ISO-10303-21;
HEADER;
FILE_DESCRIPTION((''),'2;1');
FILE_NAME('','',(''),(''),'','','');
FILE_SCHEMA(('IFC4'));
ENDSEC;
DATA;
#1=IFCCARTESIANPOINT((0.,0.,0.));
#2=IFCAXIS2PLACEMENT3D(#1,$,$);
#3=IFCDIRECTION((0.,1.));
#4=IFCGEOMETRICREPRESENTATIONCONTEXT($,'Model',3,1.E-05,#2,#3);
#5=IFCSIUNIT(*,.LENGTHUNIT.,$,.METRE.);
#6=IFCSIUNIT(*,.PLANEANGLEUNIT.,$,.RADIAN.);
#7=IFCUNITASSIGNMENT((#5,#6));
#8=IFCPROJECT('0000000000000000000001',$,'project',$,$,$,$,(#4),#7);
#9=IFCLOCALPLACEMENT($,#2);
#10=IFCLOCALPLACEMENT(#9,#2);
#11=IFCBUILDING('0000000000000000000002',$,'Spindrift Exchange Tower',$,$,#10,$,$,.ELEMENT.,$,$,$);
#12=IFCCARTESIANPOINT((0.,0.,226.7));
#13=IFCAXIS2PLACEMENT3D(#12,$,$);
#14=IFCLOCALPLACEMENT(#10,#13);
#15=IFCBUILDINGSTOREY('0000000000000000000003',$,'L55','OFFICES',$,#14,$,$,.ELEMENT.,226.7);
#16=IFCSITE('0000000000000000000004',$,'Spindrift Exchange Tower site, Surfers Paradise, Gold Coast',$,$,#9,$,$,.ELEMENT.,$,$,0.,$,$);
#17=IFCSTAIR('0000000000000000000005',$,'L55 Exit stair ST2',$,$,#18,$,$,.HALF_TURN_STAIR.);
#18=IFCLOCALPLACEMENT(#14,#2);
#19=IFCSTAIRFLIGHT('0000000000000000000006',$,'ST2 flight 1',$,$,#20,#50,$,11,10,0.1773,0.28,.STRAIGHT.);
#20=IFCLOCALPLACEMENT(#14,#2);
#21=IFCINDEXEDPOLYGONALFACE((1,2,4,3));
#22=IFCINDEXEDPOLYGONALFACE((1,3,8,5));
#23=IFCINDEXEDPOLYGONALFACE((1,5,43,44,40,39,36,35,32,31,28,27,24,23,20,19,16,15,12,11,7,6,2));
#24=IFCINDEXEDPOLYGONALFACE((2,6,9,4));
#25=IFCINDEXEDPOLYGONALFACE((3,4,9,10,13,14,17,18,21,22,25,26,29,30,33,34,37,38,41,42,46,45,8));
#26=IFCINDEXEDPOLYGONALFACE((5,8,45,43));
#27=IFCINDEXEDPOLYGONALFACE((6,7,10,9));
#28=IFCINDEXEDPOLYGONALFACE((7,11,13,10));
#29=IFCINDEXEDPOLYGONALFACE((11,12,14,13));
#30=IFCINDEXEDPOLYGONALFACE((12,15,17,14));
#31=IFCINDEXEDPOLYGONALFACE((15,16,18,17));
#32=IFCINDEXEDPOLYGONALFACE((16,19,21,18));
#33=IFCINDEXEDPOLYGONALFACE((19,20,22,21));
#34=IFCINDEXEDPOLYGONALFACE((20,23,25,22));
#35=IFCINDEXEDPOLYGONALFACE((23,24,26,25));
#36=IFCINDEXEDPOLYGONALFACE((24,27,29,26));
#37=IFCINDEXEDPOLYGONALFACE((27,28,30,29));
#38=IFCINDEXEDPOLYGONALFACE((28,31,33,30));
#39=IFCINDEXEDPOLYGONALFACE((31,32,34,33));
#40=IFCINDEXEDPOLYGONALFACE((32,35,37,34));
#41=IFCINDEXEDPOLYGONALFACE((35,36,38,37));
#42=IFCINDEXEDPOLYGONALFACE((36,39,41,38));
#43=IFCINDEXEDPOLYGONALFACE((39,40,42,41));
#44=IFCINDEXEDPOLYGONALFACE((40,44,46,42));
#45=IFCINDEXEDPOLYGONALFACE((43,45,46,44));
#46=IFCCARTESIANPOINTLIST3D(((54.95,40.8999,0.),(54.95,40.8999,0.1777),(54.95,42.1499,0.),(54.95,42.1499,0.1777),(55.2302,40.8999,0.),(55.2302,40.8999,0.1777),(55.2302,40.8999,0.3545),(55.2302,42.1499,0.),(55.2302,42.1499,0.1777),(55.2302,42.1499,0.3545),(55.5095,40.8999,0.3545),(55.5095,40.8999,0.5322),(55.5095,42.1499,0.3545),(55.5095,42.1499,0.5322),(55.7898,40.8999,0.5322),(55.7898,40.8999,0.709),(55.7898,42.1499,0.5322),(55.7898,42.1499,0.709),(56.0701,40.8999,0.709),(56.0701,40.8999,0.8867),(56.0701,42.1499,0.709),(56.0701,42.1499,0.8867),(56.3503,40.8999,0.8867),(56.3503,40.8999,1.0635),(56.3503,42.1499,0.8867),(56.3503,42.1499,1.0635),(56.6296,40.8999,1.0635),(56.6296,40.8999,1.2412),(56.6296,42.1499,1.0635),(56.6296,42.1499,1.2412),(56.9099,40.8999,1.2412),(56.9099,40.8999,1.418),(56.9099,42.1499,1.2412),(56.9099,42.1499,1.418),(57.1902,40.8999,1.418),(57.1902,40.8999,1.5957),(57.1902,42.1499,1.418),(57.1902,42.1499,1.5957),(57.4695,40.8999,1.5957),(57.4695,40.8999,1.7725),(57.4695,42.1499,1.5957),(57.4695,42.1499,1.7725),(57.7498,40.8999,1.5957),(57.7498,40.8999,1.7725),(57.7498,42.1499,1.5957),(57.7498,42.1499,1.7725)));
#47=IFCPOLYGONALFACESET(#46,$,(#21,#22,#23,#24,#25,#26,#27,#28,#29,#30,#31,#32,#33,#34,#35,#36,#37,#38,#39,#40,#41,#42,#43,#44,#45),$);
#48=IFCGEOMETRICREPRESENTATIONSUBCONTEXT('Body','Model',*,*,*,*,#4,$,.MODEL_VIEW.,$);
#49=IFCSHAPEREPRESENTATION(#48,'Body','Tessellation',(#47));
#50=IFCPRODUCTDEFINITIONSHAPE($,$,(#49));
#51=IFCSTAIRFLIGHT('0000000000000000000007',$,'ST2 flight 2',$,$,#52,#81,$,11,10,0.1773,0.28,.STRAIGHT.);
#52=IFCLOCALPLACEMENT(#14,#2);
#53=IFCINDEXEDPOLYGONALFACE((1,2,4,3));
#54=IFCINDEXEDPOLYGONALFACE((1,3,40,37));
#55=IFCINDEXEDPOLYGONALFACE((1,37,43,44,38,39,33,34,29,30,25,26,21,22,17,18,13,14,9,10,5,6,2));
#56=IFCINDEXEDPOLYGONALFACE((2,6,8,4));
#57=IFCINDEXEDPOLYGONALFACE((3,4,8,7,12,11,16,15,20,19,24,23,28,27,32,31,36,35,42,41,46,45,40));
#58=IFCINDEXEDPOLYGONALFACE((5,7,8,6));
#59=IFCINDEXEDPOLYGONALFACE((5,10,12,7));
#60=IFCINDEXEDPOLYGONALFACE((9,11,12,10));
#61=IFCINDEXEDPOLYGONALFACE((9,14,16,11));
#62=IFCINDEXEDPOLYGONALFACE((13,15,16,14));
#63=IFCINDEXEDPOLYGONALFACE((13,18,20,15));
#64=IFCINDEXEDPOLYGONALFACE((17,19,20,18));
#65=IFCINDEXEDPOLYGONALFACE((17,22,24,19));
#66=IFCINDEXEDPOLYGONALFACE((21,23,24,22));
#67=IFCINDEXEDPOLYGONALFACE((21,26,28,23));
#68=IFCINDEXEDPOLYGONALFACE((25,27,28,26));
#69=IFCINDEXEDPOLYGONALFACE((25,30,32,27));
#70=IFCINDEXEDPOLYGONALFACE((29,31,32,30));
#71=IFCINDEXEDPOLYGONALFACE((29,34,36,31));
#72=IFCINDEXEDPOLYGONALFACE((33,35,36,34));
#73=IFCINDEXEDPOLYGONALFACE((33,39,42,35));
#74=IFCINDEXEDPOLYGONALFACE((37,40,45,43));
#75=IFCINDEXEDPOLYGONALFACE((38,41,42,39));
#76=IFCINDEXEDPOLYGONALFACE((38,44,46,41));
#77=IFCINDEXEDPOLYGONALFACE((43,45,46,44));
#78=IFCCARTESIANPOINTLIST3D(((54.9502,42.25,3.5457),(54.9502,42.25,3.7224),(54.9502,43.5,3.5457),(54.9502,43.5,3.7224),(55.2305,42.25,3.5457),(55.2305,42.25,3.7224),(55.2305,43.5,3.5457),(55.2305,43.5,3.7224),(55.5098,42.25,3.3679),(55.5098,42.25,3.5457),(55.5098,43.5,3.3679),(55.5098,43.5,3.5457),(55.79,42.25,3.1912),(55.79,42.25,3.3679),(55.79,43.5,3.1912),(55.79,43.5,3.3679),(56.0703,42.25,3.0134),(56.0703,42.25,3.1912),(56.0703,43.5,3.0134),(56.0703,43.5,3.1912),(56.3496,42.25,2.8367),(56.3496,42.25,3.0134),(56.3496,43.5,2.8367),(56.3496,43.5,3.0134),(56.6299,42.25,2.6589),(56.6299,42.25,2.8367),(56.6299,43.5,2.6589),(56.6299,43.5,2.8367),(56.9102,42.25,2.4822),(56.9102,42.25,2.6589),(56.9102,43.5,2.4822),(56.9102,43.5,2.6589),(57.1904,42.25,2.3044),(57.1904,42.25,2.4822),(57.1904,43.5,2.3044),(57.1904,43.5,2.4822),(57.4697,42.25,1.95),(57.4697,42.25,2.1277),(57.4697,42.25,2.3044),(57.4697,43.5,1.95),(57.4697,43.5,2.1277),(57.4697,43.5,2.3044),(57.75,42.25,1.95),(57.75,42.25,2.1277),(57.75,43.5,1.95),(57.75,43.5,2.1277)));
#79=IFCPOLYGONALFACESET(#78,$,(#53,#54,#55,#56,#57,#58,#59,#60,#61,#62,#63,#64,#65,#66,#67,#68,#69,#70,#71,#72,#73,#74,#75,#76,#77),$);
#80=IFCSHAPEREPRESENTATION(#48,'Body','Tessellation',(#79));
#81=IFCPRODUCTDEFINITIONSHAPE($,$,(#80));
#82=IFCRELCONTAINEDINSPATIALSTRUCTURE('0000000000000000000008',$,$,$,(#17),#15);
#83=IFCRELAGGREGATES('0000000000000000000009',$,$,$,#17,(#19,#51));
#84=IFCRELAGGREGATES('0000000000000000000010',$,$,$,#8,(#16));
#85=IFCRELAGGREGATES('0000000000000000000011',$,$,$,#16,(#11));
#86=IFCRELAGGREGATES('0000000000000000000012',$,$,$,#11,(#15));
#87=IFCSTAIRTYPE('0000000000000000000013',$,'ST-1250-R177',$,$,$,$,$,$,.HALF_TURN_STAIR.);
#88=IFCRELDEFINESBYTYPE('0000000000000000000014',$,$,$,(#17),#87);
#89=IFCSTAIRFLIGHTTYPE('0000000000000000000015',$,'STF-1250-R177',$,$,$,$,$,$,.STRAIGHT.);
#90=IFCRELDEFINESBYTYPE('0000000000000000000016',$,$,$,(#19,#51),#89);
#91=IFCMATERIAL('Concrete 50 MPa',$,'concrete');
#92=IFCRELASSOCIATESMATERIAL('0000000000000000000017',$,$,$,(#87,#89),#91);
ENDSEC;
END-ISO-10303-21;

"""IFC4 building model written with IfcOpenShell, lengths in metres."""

from ifc_helpers import new_model, si_unit, direction, frame, origin, place, context, subcontext, project, spatial, line, indexed_curve, outline, extrude, material, type_object, element, aggregate, save


model = new_model("IFC4")

# Units and contexts
model_context = context("Model", 3, precision=1e-05, world=origin(), true_north=direction((0.0, 1.0)))
body_context = subcontext(model_context, "Body", "Model", "MODEL_VIEW")
ifc_project = project(units=[si_unit("LENGTHUNIT", "METRE"), si_unit("PLANEANGLEUNIT", "RADIAN")], contexts=[model_context])

# Site, building, storey
site_placement = place(None, origin())
site = spatial("IfcSite", under=ifc_project, at=site_placement, Name="Spindrift Exchange Tower site, Surfers Paradise, Gold Coast", CompositionType="ELEMENT", RefElevation=0.0)
building_placement = place(site_placement, origin())
building = spatial("IfcBuilding", under=site, at=building_placement, Name="Spindrift Exchange Tower", CompositionType="ELEMENT")
storey_placement = place(building_placement, frame((0.0, 0.0, 226.7)))
storey = spatial("IfcBuildingStorey", under=building, at=storey_placement, Name="L55", Description="OFFICES", CompositionType="ELEMENT", Elevation=226.7)

# Stair, stair flights
ifc_material_1 = material(Name="Concrete 50 MPa", Category="concrete")
stair_type = type_object("IfcStairType", Name="ST-1250-R177", PredefinedType="HALF_TURN_STAIR", material=ifc_material_1)
stair_placement = place(storey_placement, origin())
stair = element("IfcStair", 1, at=stair_placement, inside=storey, type_object=stair_type, Name="L55 Exit stair ST2", PredefinedType="HALF_TURN_STAIR")
stair_flight_type = type_object("IfcStairFlightType", Name="STF-1250-R177", PredefinedType="STRAIGHT", material=ifc_material_1)
stair_flight_1_placement = place(storey_placement, frame((54.95, 41.5249, 0.0), z_axis=(0.0, 0.0, 1.0), x_axis=(1.0, 0.0, 0.0)))
stair_flight_1 = element("IfcStairFlight", 2, at=stair_flight_1_placement, type_object=stair_flight_type, Name="ST2 flight 1", NumberOfRisers=11, NumberOfTreads=10, PredefinedType="STRAIGHT", RiserHeight=0.1773, TreadLength=0.28, context=body_context, shape_type="SweptSolid", body=[
    extrude(outline(indexed_curve([(0.0, 0.0), (0.0, 0.1777), (0.2803, 0.1777), (0.2803, 0.3545), (0.5596, 0.3545), (0.5596, 0.5322), (0.8398, 0.5322), (0.8398, 0.709), (1.1201, 0.709), (1.1201, 0.8867), (1.4004, 0.8867), (1.4004, 1.0635), (1.6797, 1.0635), (1.6797, 1.2412), (1.96, 1.2412), (1.96, 1.418), (2.2402, 1.418), (2.2402, 1.5957), (2.5195, 1.5957), (2.5195, 1.7725), (2.7998, 1.7725), (2.7998, 1.9502), (2.7998, 1.5957), (0.2803, 0.0)], segments=[line(1, 2, 3, 4, 5, 6, 7, 8, 9, 10, 11, 12, 13, 14, 15, 16, 17, 18, 19, 20, 21, 22, 23, 24, 1)], self_intersect=False)), frame((0.0, 0.625, 0.0), z_axis=(0.0, -1.0, 0.0), x_axis=(1.0, 0.0, 0.0)), (0.0, 0.0, 1.0), 1.25),
])
stair_flight_2_placement = place(storey_placement, frame((57.75, 42.875, 1.95), z_axis=(0.0, 0.0, 1.0), x_axis=(-1.0, 0.0, 0.0)))
stair_flight_2 = element("IfcStairFlight", 3, at=stair_flight_2_placement, type_object=stair_flight_type, Name="ST2 flight 2", NumberOfRisers=11, NumberOfTreads=10, PredefinedType="STRAIGHT", RiserHeight=0.1773, TreadLength=0.28, context=body_context, shape_type="SweptSolid", body=[
    extrude(outline(indexed_curve([(0.0, 0.0), (0.0, 0.1777), (0.2803, 0.1777), (0.2803, 0.3545), (0.5596, 0.3545), (0.5596, 0.5322), (0.8398, 0.5322), (0.8398, 0.709), (1.1201, 0.709), (1.1201, 0.8867), (1.4004, 0.8867), (1.4004, 1.0635), (1.6797, 1.0635), (1.6797, 1.2412), (1.96, 1.2412), (1.96, 1.418), (2.2402, 1.418), (2.2402, 1.5957), (2.5195, 1.5957), (2.5195, 1.7725), (2.7998, 1.7725), (2.7998, 1.9502), (2.7998, 1.5957), (0.2803, 0.0)], segments=[line(1, 2, 3, 4, 5, 6, 7, 8, 9, 10, 11, 12, 13, 14, 15, 16, 17, 18, 19, 20, 21, 22, 23, 24, 1)], self_intersect=False)), frame((0.0, 0.625, 0.0), z_axis=(0.0, -1.0, 0.0), x_axis=(1.0, 0.0, 0.0)), (0.0, 0.0, 1.0), 1.25),
])
aggregate(stair, [stair_flight_1, stair_flight_2])

save(model, "model.ifc")
